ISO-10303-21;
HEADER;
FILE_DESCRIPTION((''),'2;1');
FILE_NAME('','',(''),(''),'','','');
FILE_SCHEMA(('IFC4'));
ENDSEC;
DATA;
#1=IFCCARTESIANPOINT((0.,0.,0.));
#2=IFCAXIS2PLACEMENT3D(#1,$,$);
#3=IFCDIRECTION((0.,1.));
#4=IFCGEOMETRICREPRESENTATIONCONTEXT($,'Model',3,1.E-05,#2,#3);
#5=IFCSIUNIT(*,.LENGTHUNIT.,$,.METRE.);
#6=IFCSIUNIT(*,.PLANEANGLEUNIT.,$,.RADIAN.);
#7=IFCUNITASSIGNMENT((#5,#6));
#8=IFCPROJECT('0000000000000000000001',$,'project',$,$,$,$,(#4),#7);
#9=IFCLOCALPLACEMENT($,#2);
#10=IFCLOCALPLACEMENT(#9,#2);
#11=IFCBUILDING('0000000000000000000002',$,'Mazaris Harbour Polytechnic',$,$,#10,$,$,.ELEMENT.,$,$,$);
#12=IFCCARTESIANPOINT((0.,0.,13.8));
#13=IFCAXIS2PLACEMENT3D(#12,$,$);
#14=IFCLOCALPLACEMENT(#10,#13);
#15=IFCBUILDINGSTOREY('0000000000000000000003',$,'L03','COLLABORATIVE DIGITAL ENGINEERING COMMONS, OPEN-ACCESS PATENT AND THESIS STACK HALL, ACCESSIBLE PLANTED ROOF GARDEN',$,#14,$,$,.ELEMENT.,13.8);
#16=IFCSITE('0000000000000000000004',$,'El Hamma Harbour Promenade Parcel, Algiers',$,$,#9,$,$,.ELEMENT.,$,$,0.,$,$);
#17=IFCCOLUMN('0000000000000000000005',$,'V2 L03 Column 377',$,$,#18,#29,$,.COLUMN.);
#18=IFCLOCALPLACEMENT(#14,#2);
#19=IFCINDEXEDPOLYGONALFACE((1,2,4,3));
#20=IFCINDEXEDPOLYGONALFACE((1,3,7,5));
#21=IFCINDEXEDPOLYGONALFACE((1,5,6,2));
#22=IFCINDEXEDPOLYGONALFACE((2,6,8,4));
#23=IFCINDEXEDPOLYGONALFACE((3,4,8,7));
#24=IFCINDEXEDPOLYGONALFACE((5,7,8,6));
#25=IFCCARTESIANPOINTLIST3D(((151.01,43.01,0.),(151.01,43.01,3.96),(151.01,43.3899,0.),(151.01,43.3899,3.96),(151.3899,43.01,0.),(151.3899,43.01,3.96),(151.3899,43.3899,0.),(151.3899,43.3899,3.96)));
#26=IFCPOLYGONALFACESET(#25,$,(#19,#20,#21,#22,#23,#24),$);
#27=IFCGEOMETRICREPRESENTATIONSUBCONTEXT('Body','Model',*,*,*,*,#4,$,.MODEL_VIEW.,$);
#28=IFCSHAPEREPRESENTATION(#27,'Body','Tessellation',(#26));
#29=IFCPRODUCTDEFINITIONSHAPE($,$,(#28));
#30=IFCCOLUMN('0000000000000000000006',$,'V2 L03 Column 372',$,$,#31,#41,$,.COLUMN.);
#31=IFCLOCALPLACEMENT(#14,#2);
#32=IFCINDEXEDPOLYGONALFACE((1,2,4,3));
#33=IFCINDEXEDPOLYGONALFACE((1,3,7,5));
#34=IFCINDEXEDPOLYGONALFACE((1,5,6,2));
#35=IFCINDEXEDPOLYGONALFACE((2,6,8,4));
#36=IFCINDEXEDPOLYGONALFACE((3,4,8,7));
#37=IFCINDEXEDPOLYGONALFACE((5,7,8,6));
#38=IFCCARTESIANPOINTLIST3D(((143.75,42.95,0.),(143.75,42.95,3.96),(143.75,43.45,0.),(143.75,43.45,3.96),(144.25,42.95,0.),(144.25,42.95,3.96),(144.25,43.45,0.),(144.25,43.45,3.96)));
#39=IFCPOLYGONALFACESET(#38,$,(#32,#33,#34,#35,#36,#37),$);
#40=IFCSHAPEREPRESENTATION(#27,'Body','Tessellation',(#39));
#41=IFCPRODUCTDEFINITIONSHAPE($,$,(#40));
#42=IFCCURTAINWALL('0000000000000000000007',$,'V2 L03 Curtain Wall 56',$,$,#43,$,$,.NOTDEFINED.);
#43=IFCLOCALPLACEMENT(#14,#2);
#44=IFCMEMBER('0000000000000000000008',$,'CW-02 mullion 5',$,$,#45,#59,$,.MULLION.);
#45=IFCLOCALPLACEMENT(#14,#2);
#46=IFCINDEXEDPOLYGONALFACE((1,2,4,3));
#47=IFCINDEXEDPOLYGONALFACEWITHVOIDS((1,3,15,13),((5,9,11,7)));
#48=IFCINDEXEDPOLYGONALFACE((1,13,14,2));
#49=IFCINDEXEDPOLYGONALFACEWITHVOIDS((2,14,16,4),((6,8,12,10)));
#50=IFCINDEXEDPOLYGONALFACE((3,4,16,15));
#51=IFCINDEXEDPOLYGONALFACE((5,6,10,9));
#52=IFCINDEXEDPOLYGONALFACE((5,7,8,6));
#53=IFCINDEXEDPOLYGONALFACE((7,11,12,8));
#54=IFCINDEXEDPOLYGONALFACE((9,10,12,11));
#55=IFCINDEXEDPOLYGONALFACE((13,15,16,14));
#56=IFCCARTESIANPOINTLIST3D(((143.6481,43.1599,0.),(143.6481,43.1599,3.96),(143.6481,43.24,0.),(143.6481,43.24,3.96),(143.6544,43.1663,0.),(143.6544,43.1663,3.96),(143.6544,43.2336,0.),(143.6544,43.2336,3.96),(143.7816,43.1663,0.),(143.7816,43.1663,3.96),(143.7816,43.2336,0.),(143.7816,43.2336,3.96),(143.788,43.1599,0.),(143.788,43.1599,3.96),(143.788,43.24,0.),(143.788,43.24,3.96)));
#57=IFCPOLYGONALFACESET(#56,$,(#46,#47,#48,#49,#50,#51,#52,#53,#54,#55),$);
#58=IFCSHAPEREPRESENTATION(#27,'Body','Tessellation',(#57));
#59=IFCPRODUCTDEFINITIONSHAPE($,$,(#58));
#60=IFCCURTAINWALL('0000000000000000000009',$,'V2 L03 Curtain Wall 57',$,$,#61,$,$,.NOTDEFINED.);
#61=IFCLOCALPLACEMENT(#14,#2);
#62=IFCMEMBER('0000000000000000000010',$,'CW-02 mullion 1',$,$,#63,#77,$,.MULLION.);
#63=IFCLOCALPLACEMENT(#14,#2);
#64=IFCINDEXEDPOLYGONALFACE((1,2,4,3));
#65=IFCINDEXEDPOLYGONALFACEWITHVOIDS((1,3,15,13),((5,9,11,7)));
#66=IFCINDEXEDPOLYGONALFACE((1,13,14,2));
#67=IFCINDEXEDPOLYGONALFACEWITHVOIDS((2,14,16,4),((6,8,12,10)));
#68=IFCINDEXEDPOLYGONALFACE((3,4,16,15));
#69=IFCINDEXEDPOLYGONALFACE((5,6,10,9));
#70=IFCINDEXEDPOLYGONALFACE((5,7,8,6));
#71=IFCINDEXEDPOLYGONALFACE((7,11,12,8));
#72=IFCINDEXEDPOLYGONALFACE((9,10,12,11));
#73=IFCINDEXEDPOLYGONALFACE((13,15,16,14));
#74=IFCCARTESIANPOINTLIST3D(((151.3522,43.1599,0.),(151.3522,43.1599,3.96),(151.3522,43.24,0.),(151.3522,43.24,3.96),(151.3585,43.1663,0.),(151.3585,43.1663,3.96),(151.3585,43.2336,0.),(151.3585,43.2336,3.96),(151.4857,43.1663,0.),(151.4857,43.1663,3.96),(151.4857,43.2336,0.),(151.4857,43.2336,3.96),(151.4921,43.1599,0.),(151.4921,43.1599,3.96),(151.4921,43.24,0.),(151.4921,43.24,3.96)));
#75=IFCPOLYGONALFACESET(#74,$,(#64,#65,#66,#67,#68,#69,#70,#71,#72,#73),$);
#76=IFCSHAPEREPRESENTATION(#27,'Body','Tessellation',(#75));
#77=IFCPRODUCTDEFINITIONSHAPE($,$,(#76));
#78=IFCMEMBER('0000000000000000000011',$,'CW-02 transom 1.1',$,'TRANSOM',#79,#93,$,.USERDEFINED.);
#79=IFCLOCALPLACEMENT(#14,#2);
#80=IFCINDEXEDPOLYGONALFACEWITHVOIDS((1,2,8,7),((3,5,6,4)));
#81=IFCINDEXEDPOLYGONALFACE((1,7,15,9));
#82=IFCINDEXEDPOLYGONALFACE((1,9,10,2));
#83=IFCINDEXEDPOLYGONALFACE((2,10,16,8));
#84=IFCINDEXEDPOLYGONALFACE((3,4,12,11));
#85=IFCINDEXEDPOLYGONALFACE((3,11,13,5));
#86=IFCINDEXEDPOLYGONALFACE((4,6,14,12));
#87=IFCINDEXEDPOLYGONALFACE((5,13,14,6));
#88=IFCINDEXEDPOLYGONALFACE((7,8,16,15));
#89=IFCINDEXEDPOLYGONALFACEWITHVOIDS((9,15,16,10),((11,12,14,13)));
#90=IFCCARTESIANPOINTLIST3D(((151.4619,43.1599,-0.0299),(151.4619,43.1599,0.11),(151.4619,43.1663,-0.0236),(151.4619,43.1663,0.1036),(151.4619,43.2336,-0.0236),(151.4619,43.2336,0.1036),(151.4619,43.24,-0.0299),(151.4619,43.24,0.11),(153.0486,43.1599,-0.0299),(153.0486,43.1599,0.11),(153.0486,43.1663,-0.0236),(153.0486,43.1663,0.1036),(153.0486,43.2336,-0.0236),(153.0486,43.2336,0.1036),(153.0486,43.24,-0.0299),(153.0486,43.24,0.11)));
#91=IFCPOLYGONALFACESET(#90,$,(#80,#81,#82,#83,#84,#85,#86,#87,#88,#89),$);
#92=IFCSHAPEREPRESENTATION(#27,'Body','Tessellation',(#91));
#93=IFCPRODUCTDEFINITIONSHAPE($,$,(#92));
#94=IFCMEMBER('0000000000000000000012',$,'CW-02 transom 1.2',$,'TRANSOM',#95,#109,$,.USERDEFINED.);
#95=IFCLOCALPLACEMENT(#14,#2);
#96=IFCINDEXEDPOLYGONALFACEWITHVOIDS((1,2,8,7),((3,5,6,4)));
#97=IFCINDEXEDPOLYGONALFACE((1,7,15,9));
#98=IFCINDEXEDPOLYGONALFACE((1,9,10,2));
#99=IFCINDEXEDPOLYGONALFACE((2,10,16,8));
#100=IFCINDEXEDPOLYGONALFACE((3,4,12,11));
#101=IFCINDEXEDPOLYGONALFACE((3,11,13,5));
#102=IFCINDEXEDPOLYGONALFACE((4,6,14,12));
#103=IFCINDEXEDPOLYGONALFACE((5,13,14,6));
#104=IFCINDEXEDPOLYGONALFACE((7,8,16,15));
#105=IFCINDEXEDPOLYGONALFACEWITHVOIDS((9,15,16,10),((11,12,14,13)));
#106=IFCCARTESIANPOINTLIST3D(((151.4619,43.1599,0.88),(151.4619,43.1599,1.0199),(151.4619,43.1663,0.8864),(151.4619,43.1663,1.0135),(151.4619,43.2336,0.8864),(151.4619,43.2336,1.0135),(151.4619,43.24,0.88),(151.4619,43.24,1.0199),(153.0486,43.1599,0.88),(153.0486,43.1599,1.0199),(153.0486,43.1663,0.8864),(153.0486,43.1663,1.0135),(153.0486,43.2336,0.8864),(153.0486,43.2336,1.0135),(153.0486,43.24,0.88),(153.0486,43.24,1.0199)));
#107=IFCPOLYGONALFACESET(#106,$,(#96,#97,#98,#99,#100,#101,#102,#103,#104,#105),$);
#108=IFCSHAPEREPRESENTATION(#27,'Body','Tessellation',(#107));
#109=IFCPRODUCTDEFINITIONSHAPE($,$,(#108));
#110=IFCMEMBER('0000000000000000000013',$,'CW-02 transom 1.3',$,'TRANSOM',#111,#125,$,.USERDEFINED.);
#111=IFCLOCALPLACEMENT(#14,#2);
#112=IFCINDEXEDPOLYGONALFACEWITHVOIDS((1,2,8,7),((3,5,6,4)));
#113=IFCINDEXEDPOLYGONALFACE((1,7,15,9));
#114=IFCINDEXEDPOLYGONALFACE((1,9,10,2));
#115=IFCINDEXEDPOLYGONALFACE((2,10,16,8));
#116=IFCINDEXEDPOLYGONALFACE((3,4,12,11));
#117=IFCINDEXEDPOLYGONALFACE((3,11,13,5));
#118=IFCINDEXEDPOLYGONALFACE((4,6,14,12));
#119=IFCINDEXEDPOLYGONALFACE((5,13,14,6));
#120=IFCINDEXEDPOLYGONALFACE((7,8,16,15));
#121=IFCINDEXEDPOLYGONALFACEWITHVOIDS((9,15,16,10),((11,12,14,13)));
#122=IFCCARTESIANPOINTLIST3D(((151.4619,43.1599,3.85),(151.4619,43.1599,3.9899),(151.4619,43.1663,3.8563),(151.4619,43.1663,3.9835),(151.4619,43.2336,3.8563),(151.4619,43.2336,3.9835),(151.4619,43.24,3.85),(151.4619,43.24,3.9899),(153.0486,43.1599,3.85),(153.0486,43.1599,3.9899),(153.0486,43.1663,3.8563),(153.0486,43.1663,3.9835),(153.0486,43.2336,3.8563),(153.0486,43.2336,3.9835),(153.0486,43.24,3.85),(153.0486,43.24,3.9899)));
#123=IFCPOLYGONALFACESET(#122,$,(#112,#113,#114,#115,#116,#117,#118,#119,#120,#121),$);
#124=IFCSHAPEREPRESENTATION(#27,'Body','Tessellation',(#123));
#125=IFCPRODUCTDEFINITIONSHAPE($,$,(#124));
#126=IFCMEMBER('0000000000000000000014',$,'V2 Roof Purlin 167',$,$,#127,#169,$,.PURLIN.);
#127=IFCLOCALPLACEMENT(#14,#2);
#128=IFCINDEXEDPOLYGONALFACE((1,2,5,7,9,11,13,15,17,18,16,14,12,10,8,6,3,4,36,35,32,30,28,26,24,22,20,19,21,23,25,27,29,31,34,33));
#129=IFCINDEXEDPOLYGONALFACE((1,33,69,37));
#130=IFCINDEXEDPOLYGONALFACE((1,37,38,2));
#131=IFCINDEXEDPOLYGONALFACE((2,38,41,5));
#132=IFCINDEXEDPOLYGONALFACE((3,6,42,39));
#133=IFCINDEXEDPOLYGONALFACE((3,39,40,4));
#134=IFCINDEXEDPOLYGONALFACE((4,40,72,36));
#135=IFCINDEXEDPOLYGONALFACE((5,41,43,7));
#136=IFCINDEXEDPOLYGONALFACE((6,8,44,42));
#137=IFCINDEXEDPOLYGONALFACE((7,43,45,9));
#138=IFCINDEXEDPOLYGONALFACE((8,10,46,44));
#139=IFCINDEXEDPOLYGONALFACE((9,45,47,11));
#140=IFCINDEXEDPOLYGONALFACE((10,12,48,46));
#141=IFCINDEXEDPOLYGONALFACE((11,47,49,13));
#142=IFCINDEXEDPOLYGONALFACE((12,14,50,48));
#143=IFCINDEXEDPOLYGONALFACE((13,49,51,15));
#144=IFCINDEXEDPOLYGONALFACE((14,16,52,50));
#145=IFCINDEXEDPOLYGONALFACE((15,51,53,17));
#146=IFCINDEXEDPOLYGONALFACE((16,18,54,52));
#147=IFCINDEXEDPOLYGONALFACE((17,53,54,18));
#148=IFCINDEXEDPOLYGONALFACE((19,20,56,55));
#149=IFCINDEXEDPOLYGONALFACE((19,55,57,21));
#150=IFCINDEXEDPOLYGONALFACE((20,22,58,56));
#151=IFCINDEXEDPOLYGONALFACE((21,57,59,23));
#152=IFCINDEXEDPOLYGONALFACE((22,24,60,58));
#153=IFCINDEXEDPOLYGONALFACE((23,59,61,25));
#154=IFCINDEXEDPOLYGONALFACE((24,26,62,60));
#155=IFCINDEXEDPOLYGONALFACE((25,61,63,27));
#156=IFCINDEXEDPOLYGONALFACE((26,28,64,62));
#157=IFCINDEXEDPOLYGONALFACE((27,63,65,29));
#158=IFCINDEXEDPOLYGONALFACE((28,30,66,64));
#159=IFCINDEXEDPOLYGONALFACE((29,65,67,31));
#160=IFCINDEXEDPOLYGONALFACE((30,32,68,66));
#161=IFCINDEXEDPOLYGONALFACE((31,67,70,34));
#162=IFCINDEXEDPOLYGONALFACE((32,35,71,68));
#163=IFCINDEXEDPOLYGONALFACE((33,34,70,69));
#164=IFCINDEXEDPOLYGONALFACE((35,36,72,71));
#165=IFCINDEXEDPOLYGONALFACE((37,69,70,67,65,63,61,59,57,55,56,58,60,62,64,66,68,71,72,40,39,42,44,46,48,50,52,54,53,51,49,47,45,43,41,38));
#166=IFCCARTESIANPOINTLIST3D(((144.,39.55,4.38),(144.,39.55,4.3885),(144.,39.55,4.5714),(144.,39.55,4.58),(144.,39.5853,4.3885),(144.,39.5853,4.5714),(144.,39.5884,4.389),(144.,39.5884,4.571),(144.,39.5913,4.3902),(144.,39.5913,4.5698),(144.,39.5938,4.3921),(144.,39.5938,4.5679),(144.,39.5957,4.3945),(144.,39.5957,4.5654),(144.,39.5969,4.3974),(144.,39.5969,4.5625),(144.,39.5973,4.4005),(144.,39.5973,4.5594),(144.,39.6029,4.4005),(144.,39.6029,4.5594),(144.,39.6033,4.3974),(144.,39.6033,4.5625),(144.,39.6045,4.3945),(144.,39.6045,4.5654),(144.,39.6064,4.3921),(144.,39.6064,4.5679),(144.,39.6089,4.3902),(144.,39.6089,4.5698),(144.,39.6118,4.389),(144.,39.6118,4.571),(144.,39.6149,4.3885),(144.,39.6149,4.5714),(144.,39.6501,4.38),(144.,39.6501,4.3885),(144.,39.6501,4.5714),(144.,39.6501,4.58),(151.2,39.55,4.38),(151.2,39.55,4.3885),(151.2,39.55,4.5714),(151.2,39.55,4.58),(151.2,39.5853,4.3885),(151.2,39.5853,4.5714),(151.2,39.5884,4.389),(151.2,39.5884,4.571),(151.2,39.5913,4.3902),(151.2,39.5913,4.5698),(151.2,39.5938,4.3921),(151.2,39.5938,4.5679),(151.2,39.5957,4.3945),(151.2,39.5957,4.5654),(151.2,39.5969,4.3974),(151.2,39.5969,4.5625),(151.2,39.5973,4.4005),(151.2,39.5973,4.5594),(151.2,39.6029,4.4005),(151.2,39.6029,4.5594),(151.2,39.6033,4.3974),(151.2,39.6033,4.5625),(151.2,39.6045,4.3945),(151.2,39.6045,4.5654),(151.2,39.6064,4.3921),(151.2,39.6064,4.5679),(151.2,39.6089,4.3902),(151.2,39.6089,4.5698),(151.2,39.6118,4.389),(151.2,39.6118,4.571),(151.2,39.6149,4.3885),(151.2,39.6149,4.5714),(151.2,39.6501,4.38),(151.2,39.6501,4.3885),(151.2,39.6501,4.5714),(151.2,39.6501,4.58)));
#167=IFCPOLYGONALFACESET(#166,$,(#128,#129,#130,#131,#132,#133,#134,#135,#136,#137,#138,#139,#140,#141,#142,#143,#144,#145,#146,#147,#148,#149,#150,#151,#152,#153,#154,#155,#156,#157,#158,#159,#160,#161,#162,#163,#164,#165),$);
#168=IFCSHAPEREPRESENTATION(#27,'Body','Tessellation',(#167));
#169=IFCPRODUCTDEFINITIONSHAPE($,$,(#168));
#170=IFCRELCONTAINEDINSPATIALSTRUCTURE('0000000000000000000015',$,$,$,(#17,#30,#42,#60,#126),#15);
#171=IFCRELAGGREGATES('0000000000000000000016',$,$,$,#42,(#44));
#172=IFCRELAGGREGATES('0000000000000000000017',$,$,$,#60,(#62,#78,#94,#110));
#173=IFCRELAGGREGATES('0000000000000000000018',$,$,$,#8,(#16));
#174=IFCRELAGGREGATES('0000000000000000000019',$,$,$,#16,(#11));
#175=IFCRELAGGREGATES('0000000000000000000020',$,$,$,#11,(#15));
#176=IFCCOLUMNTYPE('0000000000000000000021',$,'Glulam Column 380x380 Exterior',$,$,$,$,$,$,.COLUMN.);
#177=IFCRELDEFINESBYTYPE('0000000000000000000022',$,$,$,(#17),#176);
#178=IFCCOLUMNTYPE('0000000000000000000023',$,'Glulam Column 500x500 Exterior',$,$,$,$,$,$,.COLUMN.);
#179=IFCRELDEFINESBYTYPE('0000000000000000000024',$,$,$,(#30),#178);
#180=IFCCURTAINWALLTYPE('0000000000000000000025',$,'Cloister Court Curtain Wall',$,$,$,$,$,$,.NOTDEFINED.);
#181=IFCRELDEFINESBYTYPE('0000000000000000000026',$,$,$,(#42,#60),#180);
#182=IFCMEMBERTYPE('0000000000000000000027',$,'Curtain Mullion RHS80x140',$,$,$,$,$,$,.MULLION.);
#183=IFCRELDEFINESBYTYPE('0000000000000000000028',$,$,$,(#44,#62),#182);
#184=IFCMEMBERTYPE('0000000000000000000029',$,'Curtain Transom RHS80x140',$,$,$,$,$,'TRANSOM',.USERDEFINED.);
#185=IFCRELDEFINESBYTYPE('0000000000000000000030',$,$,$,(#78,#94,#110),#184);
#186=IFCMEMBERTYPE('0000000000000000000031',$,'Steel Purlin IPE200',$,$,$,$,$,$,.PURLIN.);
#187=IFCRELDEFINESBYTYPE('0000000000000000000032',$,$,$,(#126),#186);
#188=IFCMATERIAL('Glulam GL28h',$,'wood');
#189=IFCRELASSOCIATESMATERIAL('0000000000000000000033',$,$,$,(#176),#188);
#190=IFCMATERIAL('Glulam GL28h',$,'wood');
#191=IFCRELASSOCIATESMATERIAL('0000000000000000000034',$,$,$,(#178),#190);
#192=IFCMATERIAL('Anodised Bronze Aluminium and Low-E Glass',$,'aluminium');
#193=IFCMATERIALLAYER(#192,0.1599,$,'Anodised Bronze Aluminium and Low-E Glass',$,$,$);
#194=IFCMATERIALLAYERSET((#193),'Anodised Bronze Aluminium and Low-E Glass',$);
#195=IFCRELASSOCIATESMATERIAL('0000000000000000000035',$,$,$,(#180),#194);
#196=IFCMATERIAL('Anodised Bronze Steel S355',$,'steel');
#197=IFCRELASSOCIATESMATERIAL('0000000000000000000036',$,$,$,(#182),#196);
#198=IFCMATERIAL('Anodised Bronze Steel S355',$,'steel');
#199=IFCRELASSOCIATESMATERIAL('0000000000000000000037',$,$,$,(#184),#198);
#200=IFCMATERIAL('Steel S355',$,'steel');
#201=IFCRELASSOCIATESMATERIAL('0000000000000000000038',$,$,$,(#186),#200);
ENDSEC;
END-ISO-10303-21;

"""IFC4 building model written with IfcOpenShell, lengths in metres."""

from ifc_helpers import new_model, si_unit, direction, frame, origin, origin_2d, place, context, subcontext, project, spatial, rectangle, hollow_rectangle, i_section, extrude, material, layer, layer_set, material_profile, profile_set, type_object, element, aggregate, save


model = new_model("IFC4")

# Units and contexts
model_context = context("Model", 3, precision=1e-05, world=origin(), true_north=direction((0.0, 1.0)))
body_context = subcontext(model_context, "Body", "Model", "MODEL_VIEW")
ifc_project = project(units=[si_unit("LENGTHUNIT", "METRE"), si_unit("PLANEANGLEUNIT", "RADIAN")], contexts=[model_context])

# Site, building, storey
site_placement = place(None, origin())
site = spatial("IfcSite", under=ifc_project, at=site_placement, Name="El Hamma Harbour Promenade Parcel, Algiers", CompositionType="ELEMENT", RefElevation=0.0)
building_placement = place(site_placement, origin())
building = spatial("IfcBuilding", under=site, at=building_placement, Name="Mazaris Harbour Polytechnic", CompositionType="ELEMENT")
storey_placement = place(building_placement, frame((0.0, 0.0, 13.8)))
storey = spatial("IfcBuildingStorey", under=building, at=storey_placement, Name="L03", Description="COLLABORATIVE DIGITAL ENGINEERING COMMONS, OPEN-ACCESS PATENT AND THESIS STACK HALL, ACCESSIBLE PLANTED ROOF GARDEN", CompositionType="ELEMENT", Elevation=13.8)

# Columns
ifc_material_1 = material(Name="Glulam GL28h", Category="wood")
ifc_material_profile_1 = material_profile(ifc_material_1, rectangle(XDim=0.3799, YDim=0.3799, at=origin_2d()), Name="RECT380x380")
ifc_profile_set_1 = profile_set([ifc_material_profile_1], Name="Glulam GL28h")
column_type_1 = type_object("IfcColumnType", Name="Glulam Column 380x380 Exterior", PredefinedType="COLUMN", material=ifc_profile_set_1)
column_1_placement = place(storey_placement, frame((151.2, 43.2, 0.0), z_axis=(0.0, 0.0, 1.0), x_axis=(1.0, 0.0, 0.0)))
element("IfcColumn", 1, at=column_1_placement, inside=storey, type_object=column_type_1, Name="V2 L03 Column 377", PredefinedType="COLUMN", context=body_context, shape_type="SweptSolid", body=[
    extrude(rectangle(XDim=0.3799, YDim=0.3799, at=origin_2d()), origin(), (0.0, 0.0, 1.0), 3.96),
])
ifc_material_2 = material(Name="Glulam GL28h", Category="wood")
ifc_material_profile_2 = material_profile(ifc_material_2, rectangle(XDim=0.5, YDim=0.5, at=origin_2d()), Name="RECT500x500")
ifc_profile_set_2 = profile_set([ifc_material_profile_2], Name="Glulam GL28h")
column_type_2 = type_object("IfcColumnType", Name="Glulam Column 500x500 Exterior", PredefinedType="COLUMN", material=ifc_profile_set_2)
column_2_placement = place(storey_placement, frame((144.0, 43.2, 0.0), z_axis=(0.0, 0.0, 1.0), x_axis=(1.0, 0.0, 0.0)))
element("IfcColumn", 2, at=column_2_placement, inside=storey, type_object=column_type_2, Name="V2 L03 Column 372", PredefinedType="COLUMN", context=body_context, shape_type="SweptSolid", body=[
    extrude(rectangle(XDim=0.5, YDim=0.5, at=origin_2d()), origin(), (0.0, 0.0, 1.0), 3.96),
])

# Curtain wall, member
ifc_material_3 = material(Name="Anodised Bronze Aluminium and Low-E Glass", Category="aluminium")
ifc_layer_1 = layer(ifc_material_3, 0.1599, Name="Anodised Bronze Aluminium and Low-E Glass")
ifc_layer_set_1 = layer_set([ifc_layer_1], Name="Anodised Bronze Aluminium and Low-E Glass")
curtain_wall_type = type_object("IfcCurtainWallType", Name="Cloister Court Curtain Wall", PredefinedType="NOTDEFINED", material=ifc_layer_set_1)
curtain_wall_1_placement = place(storey_placement, origin())
curtain_wall_1 = element("IfcCurtainWall", 3, at=curtain_wall_1_placement, inside=storey, type_object=curtain_wall_type, Name="V2 L03 Curtain Wall 56", PredefinedType="NOTDEFINED")
ifc_material_4 = material(Name="Anodised Bronze Steel S355", Category="steel")
ifc_material_profile_3 = material_profile(ifc_material_4, hollow_rectangle(XDim=0.0801, YDim=0.1399, WallThickness=0.0063, at=origin_2d()), Name="RHS 80x140x6.3")
ifc_profile_set_3 = profile_set([ifc_material_profile_3], Name="Anodised Bronze Steel S355")
member_type_1 = type_object("IfcMemberType", Name="Curtain Mullion RHS80x140", PredefinedType="MULLION", material=ifc_profile_set_3)
member_1_placement = place(storey_placement, frame((143.718, 43.2, 0.0), z_axis=(0.0, 0.0, 1.0), x_axis=(0.0, 1.0, 0.0)))
member_1 = element("IfcMember", 4, at=member_1_placement, type_object=member_type_1, Name="CW-02 mullion 5", PredefinedType="MULLION", context=body_context, shape_type="SweptSolid", body=[
    extrude(hollow_rectangle(XDim=0.0801, YDim=0.1399, WallThickness=0.0063, at=origin_2d()), origin(), (0.0, 0.0, 1.0), 3.96),
])

# Curtain wall, members
curtain_wall_2_placement = place(storey_placement, origin())
curtain_wall_2 = element("IfcCurtainWall", 5, at=curtain_wall_2_placement, inside=storey, type_object=curtain_wall_type, Name="V2 L03 Curtain Wall 57", PredefinedType="NOTDEFINED")
member_2_placement = place(storey_placement, frame((151.4221, 43.2, 0.0), z_axis=(0.0, 0.0, 1.0), x_axis=(0.0, 1.0, 0.0)))
member_2 = element("IfcMember", 6, at=member_2_placement, type_object=member_type_1, Name="CW-02 mullion 1", PredefinedType="MULLION", context=body_context, shape_type="SweptSolid", body=[
    extrude(hollow_rectangle(XDim=0.0801, YDim=0.1399, WallThickness=0.0063, at=origin_2d()), origin(), (0.0, 0.0, 1.0), 3.96),
])
ifc_material_5 = material(Name="Anodised Bronze Steel S355", Category="steel")
ifc_material_profile_4 = material_profile(ifc_material_5, hollow_rectangle(XDim=0.0801, YDim=0.1399, WallThickness=0.0063, at=origin_2d()), Name="RHS 80x140x6.3")
ifc_profile_set_4 = profile_set([ifc_material_profile_4], Name="Anodised Bronze Steel S355")
member_type_2 = type_object("IfcMemberType", Name="Curtain Transom RHS80x140", ElementType="TRANSOM", PredefinedType="USERDEFINED", material=ifc_profile_set_4)
member_3_placement = place(storey_placement, frame((151.4619, 43.2, 0.04), z_axis=(1.0, 0.0, 0.0), x_axis=(0.0, 1.0, 0.0)))
member_3 = element("IfcMember", 7, at=member_3_placement, type_object=member_type_2, Name="CW-02 transom 1.1", ObjectType="TRANSOM", PredefinedType="USERDEFINED", context=body_context, shape_type="SweptSolid", body=[
    extrude(hollow_rectangle(XDim=0.0801, YDim=0.1399, WallThickness=0.0063, at=origin_2d()), origin(), (0.0, 0.0, 1.0), 1.5867),
])
member_4_placement = place(storey_placement, frame((151.4619, 43.2, 0.95), z_axis=(1.0, 0.0, 0.0), x_axis=(0.0, 1.0, 0.0)))
member_4 = element("IfcMember", 8, at=member_4_placement, type_object=member_type_2, Name="CW-02 transom 1.2", ObjectType="TRANSOM", PredefinedType="USERDEFINED", context=body_context, shape_type="SweptSolid", body=[
    extrude(hollow_rectangle(XDim=0.0801, YDim=0.1399, WallThickness=0.0063, at=origin_2d()), origin(), (0.0, 0.0, 1.0), 1.5867),
])
member_5_placement = place(storey_placement, frame((151.4619, 43.2, 3.9199), z_axis=(1.0, 0.0, 0.0), x_axis=(0.0, 1.0, 0.0)))
member_5 = element("IfcMember", 9, at=member_5_placement, type_object=member_type_2, Name="CW-02 transom 1.3", ObjectType="TRANSOM", PredefinedType="USERDEFINED", context=body_context, shape_type="SweptSolid", body=[
    extrude(hollow_rectangle(XDim=0.0801, YDim=0.1399, WallThickness=0.0063, at=origin_2d()), origin(), (0.0, 0.0, 1.0), 1.5867),
])

# Member
ifc_material_6 = material(Name="Steel S355", Category="steel")
ifc_material_profile_5 = material_profile(ifc_material_6, i_section(OverallWidth=0.1001, OverallDepth=0.2, WebThickness=0.0056, FlangeThickness=0.0085, FilletRadius=0.012, at=origin_2d()), Name="IPE 200")
ifc_profile_set_5 = profile_set([ifc_material_profile_5], Name="Steel S355")
member_type_3 = type_object("IfcMemberType", Name="Steel Purlin IPE200", PredefinedType="PURLIN", material=ifc_profile_set_5)
for number, where, z_axis, x_axis, name in (
    (10, (144.0, 39.6001, 4.48), (1.0, 0.0, 0.0), (0.0, 1.0, 0.0), "V2 Roof Purlin 167"),
):
    element("IfcMember", number, at=place(storey_placement, frame(where, z_axis=z_axis, x_axis=x_axis)), inside=storey, type_object=member_type_3, Name=name, PredefinedType="PURLIN", context=body_context, shape_type="SweptSolid", body=[
        extrude(i_section(OverallWidth=0.1001, OverallDepth=0.2, WebThickness=0.0056, FlangeThickness=0.0085, FilletRadius=0.012, at=origin_2d()), origin(), (0.0, 0.0, 1.0), 7.2),
    ])

aggregate(curtain_wall_1, [member_1])
aggregate(curtain_wall_2, [member_2, member_3, member_4, member_5])

save(model, "model.ifc")
